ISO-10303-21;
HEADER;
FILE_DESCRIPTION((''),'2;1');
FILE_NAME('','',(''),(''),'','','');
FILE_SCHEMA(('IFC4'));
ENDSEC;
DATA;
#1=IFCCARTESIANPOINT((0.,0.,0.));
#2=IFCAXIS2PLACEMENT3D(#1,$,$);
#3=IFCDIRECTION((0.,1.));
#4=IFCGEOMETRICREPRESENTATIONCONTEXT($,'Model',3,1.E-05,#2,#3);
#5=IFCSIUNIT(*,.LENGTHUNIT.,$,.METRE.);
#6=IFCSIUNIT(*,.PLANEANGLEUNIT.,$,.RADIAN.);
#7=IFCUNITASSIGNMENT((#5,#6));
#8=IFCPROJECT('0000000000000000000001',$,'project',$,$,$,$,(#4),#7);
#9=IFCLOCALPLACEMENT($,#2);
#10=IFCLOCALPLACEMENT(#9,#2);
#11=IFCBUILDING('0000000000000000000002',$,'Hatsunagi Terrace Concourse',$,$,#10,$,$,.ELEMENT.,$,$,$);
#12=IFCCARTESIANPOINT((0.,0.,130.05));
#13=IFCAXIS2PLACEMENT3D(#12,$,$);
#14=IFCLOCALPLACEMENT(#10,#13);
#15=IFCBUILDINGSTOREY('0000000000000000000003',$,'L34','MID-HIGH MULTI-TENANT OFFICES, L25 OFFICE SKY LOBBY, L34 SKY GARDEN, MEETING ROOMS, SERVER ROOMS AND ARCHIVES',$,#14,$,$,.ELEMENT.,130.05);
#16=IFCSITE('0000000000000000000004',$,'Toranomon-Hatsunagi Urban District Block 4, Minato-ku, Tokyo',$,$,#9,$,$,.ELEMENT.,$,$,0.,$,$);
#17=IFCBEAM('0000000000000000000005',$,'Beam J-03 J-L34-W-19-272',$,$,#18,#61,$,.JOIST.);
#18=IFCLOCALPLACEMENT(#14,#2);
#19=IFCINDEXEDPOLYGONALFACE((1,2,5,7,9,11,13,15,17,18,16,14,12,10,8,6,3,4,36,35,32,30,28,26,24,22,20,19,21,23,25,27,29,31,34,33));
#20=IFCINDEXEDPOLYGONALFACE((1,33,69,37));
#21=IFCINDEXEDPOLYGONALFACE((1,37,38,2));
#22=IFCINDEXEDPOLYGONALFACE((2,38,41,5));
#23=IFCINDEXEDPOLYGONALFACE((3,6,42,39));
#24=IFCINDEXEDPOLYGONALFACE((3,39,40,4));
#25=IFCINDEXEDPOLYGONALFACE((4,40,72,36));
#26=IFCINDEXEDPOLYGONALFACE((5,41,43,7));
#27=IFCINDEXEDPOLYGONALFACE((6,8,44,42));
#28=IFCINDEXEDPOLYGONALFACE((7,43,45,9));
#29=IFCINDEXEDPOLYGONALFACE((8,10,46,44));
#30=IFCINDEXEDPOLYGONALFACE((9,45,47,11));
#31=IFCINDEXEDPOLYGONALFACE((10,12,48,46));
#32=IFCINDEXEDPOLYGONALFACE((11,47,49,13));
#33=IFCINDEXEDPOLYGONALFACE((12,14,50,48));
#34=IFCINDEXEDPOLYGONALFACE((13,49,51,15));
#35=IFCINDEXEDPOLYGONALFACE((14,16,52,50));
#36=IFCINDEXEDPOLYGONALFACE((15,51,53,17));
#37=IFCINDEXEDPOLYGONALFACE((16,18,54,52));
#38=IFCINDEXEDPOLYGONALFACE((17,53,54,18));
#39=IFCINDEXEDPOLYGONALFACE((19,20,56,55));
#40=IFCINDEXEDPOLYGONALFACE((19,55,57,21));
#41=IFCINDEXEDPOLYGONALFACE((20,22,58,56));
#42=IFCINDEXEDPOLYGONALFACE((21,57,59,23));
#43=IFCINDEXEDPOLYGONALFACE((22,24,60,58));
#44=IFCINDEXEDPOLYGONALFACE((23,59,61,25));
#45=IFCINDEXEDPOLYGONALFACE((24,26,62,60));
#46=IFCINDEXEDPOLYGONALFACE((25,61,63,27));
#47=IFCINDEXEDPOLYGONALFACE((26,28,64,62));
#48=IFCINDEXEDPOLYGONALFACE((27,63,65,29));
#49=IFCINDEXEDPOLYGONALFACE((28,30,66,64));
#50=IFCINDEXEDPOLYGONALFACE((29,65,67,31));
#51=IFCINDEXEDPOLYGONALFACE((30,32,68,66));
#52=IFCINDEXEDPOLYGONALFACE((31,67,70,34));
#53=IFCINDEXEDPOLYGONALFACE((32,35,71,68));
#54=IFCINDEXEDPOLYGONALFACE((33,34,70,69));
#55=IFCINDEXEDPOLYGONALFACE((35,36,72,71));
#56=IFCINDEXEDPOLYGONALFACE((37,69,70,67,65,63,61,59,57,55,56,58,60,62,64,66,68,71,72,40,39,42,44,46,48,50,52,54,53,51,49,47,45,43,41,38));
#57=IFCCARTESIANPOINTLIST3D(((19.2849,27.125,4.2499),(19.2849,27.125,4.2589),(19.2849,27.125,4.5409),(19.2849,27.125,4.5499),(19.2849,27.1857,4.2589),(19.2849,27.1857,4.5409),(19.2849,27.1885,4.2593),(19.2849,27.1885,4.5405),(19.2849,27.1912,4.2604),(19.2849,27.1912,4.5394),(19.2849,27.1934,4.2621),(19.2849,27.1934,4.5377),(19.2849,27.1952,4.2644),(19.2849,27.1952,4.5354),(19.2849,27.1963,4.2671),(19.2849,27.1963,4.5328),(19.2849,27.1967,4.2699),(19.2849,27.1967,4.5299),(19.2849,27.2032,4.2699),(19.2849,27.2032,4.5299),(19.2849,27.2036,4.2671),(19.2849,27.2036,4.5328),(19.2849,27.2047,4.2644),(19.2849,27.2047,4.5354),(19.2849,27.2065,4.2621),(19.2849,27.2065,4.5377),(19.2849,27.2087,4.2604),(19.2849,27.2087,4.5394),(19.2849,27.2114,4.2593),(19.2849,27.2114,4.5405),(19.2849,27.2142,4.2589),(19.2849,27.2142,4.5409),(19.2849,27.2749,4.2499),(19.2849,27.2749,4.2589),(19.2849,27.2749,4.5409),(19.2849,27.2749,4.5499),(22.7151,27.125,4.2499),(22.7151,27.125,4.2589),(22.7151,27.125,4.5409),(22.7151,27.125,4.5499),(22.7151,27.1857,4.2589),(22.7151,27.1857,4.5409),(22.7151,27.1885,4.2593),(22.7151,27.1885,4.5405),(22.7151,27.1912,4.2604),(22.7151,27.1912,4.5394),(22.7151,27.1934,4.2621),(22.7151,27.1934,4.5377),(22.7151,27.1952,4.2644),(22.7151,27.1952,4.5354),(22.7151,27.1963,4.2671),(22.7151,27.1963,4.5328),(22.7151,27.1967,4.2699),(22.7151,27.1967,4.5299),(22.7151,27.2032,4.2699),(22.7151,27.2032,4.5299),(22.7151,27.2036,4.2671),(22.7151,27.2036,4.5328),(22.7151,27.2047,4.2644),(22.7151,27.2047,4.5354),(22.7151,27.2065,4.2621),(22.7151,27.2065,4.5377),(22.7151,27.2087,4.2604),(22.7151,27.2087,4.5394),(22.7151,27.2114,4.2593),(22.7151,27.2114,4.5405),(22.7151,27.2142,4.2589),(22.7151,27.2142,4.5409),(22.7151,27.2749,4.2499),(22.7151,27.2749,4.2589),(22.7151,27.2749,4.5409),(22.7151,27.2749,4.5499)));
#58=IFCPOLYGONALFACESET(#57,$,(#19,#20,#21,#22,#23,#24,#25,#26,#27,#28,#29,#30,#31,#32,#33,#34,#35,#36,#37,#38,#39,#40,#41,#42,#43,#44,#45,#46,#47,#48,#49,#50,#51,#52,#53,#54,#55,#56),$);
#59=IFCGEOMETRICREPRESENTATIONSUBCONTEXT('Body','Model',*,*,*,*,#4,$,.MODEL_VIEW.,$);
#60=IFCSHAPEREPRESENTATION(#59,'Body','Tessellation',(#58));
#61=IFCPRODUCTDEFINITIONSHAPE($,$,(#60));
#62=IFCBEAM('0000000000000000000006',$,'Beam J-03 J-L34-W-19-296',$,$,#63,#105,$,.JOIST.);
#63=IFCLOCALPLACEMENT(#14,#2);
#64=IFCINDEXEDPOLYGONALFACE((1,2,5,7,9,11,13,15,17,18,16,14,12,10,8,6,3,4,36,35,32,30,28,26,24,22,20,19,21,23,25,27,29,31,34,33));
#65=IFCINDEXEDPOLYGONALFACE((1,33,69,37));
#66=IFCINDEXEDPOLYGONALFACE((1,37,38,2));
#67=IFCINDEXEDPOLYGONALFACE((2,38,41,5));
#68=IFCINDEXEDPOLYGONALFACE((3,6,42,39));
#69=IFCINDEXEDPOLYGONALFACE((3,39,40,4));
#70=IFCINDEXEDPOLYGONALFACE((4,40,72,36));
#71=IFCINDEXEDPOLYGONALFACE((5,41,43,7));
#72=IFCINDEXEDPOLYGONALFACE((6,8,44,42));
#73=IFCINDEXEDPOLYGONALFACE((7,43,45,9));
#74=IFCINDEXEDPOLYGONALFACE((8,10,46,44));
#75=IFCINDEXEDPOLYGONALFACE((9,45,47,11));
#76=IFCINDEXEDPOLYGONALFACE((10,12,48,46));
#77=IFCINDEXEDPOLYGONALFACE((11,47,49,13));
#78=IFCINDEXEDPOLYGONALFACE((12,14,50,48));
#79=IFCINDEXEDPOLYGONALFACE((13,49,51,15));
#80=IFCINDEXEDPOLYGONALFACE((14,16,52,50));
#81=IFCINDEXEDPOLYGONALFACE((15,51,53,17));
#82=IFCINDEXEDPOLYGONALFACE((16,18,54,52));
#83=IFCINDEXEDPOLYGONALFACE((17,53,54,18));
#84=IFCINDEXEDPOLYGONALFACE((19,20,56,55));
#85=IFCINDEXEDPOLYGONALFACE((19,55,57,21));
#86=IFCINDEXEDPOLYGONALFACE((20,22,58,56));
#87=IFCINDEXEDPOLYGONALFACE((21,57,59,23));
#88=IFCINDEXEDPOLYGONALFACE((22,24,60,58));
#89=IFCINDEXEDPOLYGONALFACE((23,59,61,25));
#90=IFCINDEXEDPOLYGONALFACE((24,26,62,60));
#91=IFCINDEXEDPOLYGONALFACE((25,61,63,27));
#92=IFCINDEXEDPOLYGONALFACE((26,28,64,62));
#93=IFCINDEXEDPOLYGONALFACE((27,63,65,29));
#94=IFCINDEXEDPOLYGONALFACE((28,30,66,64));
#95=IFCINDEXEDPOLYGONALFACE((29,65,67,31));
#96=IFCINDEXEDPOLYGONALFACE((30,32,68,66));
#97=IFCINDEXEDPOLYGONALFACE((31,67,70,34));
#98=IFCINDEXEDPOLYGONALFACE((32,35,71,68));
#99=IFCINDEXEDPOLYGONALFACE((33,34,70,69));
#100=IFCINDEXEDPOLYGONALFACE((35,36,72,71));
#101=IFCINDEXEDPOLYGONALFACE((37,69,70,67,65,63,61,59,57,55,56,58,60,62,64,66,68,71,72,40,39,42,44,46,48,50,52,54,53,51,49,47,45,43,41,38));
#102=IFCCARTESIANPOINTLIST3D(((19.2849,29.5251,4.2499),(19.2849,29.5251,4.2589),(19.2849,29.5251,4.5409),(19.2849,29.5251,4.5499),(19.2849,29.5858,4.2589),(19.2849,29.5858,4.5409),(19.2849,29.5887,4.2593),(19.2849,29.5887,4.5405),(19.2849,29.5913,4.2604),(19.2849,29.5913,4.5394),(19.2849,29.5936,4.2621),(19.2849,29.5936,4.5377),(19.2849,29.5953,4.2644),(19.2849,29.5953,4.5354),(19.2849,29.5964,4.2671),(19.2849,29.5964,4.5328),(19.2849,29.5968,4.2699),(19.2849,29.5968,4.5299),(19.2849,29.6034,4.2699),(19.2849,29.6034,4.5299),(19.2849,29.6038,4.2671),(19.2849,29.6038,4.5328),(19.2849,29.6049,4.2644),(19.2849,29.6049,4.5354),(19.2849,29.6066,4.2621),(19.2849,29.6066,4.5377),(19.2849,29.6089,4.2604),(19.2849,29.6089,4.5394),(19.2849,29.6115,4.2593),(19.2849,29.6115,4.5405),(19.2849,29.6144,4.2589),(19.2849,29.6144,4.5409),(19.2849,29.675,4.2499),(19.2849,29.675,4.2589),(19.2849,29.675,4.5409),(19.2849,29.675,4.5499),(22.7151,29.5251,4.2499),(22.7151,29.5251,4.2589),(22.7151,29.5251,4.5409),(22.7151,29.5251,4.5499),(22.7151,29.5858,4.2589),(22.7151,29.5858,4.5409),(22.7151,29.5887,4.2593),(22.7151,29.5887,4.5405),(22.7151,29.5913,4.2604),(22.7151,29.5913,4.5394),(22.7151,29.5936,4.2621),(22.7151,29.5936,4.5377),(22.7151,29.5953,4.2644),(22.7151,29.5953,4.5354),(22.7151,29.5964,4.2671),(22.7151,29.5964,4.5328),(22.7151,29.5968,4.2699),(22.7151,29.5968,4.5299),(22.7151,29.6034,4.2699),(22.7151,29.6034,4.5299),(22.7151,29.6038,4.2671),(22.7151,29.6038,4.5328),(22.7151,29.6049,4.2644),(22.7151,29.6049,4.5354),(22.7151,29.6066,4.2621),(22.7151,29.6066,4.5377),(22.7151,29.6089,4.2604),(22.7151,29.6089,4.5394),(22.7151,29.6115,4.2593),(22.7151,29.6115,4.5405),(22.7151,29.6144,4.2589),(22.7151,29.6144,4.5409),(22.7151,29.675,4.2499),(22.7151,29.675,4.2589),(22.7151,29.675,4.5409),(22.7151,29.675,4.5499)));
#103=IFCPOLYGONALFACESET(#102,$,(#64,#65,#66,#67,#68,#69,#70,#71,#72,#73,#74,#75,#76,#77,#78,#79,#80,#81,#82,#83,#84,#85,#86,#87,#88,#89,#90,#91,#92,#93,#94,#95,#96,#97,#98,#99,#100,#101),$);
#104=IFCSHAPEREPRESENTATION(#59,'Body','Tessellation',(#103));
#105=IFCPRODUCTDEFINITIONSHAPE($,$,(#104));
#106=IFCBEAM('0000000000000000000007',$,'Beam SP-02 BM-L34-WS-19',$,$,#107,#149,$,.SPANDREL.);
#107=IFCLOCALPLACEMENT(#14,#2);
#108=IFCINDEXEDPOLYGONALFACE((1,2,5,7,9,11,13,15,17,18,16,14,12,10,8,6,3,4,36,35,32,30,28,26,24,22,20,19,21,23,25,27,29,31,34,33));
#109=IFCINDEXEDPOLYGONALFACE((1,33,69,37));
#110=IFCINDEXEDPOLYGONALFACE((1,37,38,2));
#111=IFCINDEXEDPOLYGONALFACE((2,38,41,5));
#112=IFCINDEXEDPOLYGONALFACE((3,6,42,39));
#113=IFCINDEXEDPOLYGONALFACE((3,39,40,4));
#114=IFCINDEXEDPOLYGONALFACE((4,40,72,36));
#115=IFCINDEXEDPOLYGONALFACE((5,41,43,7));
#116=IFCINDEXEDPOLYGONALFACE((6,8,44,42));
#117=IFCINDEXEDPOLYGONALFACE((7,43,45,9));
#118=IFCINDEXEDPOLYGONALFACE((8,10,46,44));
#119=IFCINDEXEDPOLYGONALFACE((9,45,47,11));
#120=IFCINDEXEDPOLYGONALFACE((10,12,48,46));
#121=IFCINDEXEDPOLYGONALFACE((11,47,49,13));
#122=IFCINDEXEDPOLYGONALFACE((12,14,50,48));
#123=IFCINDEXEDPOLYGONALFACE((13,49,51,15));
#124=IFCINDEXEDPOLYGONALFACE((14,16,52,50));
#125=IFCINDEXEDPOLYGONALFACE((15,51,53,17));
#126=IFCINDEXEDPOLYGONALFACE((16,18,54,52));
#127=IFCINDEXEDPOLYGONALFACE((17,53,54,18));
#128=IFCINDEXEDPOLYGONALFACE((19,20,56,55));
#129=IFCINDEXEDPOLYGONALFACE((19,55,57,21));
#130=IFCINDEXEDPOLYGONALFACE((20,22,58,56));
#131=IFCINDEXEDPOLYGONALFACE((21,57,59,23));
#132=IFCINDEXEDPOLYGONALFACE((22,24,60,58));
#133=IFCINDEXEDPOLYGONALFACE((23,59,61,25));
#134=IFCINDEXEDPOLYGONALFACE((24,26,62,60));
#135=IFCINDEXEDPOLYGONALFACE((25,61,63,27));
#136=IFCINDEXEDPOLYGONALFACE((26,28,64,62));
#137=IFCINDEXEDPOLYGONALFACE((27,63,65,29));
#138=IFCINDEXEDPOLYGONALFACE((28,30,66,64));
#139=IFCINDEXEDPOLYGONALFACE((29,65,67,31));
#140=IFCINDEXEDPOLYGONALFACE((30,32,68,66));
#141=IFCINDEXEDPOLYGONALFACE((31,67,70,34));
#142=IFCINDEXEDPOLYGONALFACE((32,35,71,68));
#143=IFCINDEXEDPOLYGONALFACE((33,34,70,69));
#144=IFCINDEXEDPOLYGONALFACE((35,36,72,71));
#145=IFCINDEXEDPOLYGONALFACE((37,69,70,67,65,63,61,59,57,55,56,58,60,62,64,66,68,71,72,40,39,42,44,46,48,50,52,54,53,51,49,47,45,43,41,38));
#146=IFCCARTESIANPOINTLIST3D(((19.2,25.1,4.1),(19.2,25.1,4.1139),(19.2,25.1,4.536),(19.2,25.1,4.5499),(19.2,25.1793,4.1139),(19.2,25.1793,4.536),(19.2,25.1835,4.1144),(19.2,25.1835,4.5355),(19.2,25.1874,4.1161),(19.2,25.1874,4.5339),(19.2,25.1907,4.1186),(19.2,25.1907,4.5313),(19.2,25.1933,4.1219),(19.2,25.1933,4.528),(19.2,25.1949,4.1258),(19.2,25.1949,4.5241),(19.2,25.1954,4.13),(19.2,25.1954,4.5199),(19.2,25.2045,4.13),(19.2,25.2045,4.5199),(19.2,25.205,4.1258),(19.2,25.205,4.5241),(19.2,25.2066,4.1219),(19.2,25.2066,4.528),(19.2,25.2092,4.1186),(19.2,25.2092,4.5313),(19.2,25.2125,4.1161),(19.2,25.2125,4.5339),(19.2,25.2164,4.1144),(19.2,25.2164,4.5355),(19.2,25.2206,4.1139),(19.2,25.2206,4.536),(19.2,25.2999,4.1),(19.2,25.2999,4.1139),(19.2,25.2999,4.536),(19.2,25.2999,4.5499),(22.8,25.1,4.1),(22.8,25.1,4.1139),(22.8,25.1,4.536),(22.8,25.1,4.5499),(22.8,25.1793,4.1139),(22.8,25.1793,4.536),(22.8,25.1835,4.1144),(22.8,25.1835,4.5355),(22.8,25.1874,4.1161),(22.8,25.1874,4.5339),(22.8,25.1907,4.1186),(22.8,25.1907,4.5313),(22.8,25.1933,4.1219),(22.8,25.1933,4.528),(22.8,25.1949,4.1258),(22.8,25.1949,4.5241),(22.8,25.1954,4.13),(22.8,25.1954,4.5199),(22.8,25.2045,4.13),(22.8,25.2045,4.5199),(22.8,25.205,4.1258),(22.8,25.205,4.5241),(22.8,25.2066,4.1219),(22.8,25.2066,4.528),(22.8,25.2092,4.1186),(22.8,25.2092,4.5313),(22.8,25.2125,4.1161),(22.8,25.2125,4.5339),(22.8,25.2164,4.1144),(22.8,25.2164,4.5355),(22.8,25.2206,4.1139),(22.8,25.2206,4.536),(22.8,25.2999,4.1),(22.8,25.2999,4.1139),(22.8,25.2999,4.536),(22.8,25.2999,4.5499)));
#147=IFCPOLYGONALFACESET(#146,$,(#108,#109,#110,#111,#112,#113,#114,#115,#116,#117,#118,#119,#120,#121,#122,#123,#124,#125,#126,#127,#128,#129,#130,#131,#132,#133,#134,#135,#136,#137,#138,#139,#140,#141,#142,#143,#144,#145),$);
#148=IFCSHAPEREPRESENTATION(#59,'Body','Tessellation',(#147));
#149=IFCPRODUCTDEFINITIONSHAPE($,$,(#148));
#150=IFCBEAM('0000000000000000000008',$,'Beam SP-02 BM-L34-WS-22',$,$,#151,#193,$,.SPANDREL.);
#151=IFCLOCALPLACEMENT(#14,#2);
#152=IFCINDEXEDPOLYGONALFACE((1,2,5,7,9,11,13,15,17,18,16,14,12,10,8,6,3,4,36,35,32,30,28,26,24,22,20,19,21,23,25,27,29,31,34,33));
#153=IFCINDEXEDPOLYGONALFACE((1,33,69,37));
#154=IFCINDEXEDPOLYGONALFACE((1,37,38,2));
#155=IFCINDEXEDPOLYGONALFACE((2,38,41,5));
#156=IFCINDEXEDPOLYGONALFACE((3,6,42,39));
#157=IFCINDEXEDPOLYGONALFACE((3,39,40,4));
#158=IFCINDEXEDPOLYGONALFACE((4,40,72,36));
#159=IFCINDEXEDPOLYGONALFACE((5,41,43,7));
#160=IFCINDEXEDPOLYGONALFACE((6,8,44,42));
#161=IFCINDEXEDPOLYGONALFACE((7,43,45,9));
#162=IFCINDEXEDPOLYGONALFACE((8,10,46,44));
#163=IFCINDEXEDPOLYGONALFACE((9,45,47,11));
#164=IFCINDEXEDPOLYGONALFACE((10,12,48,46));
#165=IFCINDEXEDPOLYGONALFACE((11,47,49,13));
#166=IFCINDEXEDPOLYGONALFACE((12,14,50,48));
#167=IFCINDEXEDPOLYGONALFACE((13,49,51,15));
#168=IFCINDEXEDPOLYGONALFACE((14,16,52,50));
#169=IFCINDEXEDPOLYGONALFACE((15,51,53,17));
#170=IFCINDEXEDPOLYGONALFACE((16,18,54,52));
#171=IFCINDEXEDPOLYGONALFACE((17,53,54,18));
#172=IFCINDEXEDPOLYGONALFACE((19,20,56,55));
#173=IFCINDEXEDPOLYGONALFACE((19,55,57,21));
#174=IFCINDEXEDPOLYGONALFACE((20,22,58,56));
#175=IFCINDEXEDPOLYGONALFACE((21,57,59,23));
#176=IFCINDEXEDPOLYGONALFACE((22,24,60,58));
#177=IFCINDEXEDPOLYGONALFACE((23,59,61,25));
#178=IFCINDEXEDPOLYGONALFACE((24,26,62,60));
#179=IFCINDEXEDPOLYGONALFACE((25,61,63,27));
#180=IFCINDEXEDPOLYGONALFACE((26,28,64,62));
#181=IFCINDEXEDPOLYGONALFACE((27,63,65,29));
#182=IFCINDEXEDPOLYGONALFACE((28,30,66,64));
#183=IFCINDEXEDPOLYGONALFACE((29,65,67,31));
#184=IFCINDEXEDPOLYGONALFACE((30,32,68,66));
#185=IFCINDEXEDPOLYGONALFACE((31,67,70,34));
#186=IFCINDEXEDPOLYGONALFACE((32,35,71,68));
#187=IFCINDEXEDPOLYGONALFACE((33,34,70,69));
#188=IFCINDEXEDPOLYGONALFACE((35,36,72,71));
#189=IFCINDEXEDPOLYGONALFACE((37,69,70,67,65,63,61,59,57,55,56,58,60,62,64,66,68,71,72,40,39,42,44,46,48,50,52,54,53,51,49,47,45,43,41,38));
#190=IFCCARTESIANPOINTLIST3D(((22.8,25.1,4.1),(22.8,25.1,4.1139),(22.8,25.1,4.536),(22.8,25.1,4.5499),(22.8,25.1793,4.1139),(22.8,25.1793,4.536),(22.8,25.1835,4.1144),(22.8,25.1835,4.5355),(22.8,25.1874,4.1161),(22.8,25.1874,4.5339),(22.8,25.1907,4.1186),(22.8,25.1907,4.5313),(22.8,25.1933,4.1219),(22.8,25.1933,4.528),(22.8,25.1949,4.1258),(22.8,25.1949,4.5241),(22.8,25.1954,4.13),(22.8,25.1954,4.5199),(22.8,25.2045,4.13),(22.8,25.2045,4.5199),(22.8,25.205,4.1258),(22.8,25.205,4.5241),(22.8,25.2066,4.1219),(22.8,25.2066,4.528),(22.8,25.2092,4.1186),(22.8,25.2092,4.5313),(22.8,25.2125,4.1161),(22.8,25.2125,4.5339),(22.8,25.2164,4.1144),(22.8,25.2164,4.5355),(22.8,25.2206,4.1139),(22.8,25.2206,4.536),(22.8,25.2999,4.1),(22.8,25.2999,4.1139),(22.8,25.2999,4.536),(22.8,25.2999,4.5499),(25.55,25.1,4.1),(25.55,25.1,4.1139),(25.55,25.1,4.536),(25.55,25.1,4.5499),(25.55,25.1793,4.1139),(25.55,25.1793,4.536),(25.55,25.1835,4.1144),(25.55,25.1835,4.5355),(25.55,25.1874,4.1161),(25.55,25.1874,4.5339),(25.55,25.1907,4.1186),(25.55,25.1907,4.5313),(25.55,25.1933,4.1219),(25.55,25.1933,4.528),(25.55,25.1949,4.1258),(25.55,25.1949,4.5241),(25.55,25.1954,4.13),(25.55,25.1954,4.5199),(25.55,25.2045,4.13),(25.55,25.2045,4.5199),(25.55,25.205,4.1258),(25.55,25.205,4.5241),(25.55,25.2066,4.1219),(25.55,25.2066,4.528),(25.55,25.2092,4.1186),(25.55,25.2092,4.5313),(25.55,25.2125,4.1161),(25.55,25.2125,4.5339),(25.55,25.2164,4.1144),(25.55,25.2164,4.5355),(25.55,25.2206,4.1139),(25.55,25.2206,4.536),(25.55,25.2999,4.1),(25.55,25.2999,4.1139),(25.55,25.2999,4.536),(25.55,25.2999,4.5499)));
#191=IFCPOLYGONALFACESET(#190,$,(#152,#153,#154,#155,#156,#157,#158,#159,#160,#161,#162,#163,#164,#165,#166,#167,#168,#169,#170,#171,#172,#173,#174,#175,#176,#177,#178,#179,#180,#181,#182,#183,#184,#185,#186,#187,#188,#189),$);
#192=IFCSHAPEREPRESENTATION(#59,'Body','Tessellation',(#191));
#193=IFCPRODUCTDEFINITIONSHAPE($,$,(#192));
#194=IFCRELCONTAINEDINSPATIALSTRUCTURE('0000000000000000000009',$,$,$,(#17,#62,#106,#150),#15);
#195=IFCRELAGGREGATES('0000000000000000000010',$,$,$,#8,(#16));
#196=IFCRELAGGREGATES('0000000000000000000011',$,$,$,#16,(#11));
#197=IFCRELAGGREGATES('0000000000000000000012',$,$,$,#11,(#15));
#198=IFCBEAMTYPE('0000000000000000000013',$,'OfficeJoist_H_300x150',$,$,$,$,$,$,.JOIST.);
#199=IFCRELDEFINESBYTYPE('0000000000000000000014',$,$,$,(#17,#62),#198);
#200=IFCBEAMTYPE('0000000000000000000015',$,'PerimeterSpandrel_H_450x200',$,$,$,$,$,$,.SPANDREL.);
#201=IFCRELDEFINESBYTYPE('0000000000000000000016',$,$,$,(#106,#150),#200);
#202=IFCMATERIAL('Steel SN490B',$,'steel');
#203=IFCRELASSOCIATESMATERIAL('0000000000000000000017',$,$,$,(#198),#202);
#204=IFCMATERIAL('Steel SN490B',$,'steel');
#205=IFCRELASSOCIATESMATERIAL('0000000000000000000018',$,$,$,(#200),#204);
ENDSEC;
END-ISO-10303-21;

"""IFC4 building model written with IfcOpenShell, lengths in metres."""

from ifc_helpers import new_model, si_unit, direction, frame, origin, origin_2d, place, context, subcontext, project, spatial, i_section, extrude, material, material_profile, profile_set, type_object, element, save


model = new_model("IFC4")

# Units and contexts
model_context = context("Model", 3, precision=1e-05, world=origin(), true_north=direction((0.0, 1.0)))
body_context = subcontext(model_context, "Body", "Model", "MODEL_VIEW")
ifc_project = project(units=[si_unit("LENGTHUNIT", "METRE"), si_unit("PLANEANGLEUNIT", "RADIAN")], contexts=[model_context])

# Site, building, storey
site_placement = place(None, origin())
site = spatial("IfcSite", under=ifc_project, at=site_placement, Name="Toranomon-Hatsunagi Urban District Block 4, Minato-ku, Tokyo", CompositionType="ELEMENT", RefElevation=0.0)
building_placement = place(site_placement, origin())
building = spatial("IfcBuilding", under=site, at=building_placement, Name="Hatsunagi Terrace Concourse", CompositionType="ELEMENT")
storey_placement = place(building_placement, frame((0.0, 0.0, 130.05)))
storey = spatial("IfcBuildingStorey", under=building, at=storey_placement, Name="L34", Description="MID-HIGH MULTI-TENANT OFFICES, L25 OFFICE SKY LOBBY, L34 SKY GARDEN, MEETING ROOMS, SERVER ROOMS AND ARCHIVES", CompositionType="ELEMENT", Elevation=130.05)

# Beams
ifc_material_1 = material(Name="Steel SN490B", Category="steel")
ifc_material_profile_1 = material_profile(ifc_material_1, i_section(OverallWidth=0.1499, OverallDepth=0.3, WebThickness=0.0066, FlangeThickness=0.009, FilletRadius=0.011, at=origin_2d()), Name="H-300x150x6.5x9")
ifc_profile_set_1 = profile_set([ifc_material_profile_1], Name="Steel SN490B")
beam_type_1 = type_object("IfcBeamType", Name="OfficeJoist_H_300x150", PredefinedType="JOIST", material=ifc_profile_set_1)
for number, where, z_axis, x_axis, name in (
    (1, (19.2849, 27.2, 4.3999), (1.0, 0.0, 0.0), (0.0, 1.0, 0.0), "Beam J-03 J-L34-W-19-272"),
    (2, (19.2849, 29.6001, 4.3999), (1.0, 0.0, 0.0), (0.0, 1.0, 0.0), "Beam J-03 J-L34-W-19-296"),
):
    element("IfcBeam", number, at=place(storey_placement, frame(where, z_axis=z_axis, x_axis=x_axis)), inside=storey, type_object=beam_type_1, Name=name, PredefinedType="JOIST", context=body_context, shape_type="SweptSolid", body=[
        extrude(i_section(OverallWidth=0.1499, OverallDepth=0.3, WebThickness=0.0066, FlangeThickness=0.009, FilletRadius=0.011, at=origin_2d()), origin(), (0.0, 0.0, 1.0), 3.4302),
    ])
ifc_material_2 = material(Name="Steel SN490B", Category="steel")
ifc_material_profile_2 = material_profile(ifc_material_2, i_section(OverallWidth=0.2, OverallDepth=0.45, WebThickness=0.009, FlangeThickness=0.0139, FilletRadius=0.0161, at=origin_2d()), Name="H-450x200x9x14")
ifc_profile_set_2 = profile_set([ifc_material_profile_2], Name="Steel SN490B")
beam_type_2 = type_object("IfcBeamType", Name="PerimeterSpandrel_H_450x200", PredefinedType="SPANDREL", material=ifc_profile_set_2)
beam_1_placement = place(storey_placement, frame((19.2, 25.2, 4.325), z_axis=(1.0, 0.0, 0.0), x_axis=(0.0, 1.0, 0.0)))
element("IfcBeam", 3, at=beam_1_placement, inside=storey, type_object=beam_type_2, Name="Beam SP-02 BM-L34-WS-19", PredefinedType="SPANDREL", context=body_context, shape_type="SweptSolid", body=[
    extrude(i_section(OverallWidth=0.2, OverallDepth=0.45, WebThickness=0.009, FlangeThickness=0.0139, FilletRadius=0.0161, at=origin_2d()), origin(), (0.0, 0.0, 1.0), 3.6001),
])
beam_2_placement = place(storey_placement, frame((22.8, 25.2, 4.325), z_axis=(1.0, 0.0, 0.0), x_axis=(0.0, 1.0, 0.0)))
element("IfcBeam", 4, at=beam_2_placement, inside=storey, type_object=beam_type_2, Name="Beam SP-02 BM-L34-WS-22", PredefinedType="SPANDREL", context=body_context, shape_type="SweptSolid", body=[
    extrude(i_section(OverallWidth=0.2, OverallDepth=0.45, WebThickness=0.009, FlangeThickness=0.0139, FilletRadius=0.0161, at=origin_2d()), origin(), (0.0, 0.0, 1.0), 2.75),
])

save(model, "model.ifc")
